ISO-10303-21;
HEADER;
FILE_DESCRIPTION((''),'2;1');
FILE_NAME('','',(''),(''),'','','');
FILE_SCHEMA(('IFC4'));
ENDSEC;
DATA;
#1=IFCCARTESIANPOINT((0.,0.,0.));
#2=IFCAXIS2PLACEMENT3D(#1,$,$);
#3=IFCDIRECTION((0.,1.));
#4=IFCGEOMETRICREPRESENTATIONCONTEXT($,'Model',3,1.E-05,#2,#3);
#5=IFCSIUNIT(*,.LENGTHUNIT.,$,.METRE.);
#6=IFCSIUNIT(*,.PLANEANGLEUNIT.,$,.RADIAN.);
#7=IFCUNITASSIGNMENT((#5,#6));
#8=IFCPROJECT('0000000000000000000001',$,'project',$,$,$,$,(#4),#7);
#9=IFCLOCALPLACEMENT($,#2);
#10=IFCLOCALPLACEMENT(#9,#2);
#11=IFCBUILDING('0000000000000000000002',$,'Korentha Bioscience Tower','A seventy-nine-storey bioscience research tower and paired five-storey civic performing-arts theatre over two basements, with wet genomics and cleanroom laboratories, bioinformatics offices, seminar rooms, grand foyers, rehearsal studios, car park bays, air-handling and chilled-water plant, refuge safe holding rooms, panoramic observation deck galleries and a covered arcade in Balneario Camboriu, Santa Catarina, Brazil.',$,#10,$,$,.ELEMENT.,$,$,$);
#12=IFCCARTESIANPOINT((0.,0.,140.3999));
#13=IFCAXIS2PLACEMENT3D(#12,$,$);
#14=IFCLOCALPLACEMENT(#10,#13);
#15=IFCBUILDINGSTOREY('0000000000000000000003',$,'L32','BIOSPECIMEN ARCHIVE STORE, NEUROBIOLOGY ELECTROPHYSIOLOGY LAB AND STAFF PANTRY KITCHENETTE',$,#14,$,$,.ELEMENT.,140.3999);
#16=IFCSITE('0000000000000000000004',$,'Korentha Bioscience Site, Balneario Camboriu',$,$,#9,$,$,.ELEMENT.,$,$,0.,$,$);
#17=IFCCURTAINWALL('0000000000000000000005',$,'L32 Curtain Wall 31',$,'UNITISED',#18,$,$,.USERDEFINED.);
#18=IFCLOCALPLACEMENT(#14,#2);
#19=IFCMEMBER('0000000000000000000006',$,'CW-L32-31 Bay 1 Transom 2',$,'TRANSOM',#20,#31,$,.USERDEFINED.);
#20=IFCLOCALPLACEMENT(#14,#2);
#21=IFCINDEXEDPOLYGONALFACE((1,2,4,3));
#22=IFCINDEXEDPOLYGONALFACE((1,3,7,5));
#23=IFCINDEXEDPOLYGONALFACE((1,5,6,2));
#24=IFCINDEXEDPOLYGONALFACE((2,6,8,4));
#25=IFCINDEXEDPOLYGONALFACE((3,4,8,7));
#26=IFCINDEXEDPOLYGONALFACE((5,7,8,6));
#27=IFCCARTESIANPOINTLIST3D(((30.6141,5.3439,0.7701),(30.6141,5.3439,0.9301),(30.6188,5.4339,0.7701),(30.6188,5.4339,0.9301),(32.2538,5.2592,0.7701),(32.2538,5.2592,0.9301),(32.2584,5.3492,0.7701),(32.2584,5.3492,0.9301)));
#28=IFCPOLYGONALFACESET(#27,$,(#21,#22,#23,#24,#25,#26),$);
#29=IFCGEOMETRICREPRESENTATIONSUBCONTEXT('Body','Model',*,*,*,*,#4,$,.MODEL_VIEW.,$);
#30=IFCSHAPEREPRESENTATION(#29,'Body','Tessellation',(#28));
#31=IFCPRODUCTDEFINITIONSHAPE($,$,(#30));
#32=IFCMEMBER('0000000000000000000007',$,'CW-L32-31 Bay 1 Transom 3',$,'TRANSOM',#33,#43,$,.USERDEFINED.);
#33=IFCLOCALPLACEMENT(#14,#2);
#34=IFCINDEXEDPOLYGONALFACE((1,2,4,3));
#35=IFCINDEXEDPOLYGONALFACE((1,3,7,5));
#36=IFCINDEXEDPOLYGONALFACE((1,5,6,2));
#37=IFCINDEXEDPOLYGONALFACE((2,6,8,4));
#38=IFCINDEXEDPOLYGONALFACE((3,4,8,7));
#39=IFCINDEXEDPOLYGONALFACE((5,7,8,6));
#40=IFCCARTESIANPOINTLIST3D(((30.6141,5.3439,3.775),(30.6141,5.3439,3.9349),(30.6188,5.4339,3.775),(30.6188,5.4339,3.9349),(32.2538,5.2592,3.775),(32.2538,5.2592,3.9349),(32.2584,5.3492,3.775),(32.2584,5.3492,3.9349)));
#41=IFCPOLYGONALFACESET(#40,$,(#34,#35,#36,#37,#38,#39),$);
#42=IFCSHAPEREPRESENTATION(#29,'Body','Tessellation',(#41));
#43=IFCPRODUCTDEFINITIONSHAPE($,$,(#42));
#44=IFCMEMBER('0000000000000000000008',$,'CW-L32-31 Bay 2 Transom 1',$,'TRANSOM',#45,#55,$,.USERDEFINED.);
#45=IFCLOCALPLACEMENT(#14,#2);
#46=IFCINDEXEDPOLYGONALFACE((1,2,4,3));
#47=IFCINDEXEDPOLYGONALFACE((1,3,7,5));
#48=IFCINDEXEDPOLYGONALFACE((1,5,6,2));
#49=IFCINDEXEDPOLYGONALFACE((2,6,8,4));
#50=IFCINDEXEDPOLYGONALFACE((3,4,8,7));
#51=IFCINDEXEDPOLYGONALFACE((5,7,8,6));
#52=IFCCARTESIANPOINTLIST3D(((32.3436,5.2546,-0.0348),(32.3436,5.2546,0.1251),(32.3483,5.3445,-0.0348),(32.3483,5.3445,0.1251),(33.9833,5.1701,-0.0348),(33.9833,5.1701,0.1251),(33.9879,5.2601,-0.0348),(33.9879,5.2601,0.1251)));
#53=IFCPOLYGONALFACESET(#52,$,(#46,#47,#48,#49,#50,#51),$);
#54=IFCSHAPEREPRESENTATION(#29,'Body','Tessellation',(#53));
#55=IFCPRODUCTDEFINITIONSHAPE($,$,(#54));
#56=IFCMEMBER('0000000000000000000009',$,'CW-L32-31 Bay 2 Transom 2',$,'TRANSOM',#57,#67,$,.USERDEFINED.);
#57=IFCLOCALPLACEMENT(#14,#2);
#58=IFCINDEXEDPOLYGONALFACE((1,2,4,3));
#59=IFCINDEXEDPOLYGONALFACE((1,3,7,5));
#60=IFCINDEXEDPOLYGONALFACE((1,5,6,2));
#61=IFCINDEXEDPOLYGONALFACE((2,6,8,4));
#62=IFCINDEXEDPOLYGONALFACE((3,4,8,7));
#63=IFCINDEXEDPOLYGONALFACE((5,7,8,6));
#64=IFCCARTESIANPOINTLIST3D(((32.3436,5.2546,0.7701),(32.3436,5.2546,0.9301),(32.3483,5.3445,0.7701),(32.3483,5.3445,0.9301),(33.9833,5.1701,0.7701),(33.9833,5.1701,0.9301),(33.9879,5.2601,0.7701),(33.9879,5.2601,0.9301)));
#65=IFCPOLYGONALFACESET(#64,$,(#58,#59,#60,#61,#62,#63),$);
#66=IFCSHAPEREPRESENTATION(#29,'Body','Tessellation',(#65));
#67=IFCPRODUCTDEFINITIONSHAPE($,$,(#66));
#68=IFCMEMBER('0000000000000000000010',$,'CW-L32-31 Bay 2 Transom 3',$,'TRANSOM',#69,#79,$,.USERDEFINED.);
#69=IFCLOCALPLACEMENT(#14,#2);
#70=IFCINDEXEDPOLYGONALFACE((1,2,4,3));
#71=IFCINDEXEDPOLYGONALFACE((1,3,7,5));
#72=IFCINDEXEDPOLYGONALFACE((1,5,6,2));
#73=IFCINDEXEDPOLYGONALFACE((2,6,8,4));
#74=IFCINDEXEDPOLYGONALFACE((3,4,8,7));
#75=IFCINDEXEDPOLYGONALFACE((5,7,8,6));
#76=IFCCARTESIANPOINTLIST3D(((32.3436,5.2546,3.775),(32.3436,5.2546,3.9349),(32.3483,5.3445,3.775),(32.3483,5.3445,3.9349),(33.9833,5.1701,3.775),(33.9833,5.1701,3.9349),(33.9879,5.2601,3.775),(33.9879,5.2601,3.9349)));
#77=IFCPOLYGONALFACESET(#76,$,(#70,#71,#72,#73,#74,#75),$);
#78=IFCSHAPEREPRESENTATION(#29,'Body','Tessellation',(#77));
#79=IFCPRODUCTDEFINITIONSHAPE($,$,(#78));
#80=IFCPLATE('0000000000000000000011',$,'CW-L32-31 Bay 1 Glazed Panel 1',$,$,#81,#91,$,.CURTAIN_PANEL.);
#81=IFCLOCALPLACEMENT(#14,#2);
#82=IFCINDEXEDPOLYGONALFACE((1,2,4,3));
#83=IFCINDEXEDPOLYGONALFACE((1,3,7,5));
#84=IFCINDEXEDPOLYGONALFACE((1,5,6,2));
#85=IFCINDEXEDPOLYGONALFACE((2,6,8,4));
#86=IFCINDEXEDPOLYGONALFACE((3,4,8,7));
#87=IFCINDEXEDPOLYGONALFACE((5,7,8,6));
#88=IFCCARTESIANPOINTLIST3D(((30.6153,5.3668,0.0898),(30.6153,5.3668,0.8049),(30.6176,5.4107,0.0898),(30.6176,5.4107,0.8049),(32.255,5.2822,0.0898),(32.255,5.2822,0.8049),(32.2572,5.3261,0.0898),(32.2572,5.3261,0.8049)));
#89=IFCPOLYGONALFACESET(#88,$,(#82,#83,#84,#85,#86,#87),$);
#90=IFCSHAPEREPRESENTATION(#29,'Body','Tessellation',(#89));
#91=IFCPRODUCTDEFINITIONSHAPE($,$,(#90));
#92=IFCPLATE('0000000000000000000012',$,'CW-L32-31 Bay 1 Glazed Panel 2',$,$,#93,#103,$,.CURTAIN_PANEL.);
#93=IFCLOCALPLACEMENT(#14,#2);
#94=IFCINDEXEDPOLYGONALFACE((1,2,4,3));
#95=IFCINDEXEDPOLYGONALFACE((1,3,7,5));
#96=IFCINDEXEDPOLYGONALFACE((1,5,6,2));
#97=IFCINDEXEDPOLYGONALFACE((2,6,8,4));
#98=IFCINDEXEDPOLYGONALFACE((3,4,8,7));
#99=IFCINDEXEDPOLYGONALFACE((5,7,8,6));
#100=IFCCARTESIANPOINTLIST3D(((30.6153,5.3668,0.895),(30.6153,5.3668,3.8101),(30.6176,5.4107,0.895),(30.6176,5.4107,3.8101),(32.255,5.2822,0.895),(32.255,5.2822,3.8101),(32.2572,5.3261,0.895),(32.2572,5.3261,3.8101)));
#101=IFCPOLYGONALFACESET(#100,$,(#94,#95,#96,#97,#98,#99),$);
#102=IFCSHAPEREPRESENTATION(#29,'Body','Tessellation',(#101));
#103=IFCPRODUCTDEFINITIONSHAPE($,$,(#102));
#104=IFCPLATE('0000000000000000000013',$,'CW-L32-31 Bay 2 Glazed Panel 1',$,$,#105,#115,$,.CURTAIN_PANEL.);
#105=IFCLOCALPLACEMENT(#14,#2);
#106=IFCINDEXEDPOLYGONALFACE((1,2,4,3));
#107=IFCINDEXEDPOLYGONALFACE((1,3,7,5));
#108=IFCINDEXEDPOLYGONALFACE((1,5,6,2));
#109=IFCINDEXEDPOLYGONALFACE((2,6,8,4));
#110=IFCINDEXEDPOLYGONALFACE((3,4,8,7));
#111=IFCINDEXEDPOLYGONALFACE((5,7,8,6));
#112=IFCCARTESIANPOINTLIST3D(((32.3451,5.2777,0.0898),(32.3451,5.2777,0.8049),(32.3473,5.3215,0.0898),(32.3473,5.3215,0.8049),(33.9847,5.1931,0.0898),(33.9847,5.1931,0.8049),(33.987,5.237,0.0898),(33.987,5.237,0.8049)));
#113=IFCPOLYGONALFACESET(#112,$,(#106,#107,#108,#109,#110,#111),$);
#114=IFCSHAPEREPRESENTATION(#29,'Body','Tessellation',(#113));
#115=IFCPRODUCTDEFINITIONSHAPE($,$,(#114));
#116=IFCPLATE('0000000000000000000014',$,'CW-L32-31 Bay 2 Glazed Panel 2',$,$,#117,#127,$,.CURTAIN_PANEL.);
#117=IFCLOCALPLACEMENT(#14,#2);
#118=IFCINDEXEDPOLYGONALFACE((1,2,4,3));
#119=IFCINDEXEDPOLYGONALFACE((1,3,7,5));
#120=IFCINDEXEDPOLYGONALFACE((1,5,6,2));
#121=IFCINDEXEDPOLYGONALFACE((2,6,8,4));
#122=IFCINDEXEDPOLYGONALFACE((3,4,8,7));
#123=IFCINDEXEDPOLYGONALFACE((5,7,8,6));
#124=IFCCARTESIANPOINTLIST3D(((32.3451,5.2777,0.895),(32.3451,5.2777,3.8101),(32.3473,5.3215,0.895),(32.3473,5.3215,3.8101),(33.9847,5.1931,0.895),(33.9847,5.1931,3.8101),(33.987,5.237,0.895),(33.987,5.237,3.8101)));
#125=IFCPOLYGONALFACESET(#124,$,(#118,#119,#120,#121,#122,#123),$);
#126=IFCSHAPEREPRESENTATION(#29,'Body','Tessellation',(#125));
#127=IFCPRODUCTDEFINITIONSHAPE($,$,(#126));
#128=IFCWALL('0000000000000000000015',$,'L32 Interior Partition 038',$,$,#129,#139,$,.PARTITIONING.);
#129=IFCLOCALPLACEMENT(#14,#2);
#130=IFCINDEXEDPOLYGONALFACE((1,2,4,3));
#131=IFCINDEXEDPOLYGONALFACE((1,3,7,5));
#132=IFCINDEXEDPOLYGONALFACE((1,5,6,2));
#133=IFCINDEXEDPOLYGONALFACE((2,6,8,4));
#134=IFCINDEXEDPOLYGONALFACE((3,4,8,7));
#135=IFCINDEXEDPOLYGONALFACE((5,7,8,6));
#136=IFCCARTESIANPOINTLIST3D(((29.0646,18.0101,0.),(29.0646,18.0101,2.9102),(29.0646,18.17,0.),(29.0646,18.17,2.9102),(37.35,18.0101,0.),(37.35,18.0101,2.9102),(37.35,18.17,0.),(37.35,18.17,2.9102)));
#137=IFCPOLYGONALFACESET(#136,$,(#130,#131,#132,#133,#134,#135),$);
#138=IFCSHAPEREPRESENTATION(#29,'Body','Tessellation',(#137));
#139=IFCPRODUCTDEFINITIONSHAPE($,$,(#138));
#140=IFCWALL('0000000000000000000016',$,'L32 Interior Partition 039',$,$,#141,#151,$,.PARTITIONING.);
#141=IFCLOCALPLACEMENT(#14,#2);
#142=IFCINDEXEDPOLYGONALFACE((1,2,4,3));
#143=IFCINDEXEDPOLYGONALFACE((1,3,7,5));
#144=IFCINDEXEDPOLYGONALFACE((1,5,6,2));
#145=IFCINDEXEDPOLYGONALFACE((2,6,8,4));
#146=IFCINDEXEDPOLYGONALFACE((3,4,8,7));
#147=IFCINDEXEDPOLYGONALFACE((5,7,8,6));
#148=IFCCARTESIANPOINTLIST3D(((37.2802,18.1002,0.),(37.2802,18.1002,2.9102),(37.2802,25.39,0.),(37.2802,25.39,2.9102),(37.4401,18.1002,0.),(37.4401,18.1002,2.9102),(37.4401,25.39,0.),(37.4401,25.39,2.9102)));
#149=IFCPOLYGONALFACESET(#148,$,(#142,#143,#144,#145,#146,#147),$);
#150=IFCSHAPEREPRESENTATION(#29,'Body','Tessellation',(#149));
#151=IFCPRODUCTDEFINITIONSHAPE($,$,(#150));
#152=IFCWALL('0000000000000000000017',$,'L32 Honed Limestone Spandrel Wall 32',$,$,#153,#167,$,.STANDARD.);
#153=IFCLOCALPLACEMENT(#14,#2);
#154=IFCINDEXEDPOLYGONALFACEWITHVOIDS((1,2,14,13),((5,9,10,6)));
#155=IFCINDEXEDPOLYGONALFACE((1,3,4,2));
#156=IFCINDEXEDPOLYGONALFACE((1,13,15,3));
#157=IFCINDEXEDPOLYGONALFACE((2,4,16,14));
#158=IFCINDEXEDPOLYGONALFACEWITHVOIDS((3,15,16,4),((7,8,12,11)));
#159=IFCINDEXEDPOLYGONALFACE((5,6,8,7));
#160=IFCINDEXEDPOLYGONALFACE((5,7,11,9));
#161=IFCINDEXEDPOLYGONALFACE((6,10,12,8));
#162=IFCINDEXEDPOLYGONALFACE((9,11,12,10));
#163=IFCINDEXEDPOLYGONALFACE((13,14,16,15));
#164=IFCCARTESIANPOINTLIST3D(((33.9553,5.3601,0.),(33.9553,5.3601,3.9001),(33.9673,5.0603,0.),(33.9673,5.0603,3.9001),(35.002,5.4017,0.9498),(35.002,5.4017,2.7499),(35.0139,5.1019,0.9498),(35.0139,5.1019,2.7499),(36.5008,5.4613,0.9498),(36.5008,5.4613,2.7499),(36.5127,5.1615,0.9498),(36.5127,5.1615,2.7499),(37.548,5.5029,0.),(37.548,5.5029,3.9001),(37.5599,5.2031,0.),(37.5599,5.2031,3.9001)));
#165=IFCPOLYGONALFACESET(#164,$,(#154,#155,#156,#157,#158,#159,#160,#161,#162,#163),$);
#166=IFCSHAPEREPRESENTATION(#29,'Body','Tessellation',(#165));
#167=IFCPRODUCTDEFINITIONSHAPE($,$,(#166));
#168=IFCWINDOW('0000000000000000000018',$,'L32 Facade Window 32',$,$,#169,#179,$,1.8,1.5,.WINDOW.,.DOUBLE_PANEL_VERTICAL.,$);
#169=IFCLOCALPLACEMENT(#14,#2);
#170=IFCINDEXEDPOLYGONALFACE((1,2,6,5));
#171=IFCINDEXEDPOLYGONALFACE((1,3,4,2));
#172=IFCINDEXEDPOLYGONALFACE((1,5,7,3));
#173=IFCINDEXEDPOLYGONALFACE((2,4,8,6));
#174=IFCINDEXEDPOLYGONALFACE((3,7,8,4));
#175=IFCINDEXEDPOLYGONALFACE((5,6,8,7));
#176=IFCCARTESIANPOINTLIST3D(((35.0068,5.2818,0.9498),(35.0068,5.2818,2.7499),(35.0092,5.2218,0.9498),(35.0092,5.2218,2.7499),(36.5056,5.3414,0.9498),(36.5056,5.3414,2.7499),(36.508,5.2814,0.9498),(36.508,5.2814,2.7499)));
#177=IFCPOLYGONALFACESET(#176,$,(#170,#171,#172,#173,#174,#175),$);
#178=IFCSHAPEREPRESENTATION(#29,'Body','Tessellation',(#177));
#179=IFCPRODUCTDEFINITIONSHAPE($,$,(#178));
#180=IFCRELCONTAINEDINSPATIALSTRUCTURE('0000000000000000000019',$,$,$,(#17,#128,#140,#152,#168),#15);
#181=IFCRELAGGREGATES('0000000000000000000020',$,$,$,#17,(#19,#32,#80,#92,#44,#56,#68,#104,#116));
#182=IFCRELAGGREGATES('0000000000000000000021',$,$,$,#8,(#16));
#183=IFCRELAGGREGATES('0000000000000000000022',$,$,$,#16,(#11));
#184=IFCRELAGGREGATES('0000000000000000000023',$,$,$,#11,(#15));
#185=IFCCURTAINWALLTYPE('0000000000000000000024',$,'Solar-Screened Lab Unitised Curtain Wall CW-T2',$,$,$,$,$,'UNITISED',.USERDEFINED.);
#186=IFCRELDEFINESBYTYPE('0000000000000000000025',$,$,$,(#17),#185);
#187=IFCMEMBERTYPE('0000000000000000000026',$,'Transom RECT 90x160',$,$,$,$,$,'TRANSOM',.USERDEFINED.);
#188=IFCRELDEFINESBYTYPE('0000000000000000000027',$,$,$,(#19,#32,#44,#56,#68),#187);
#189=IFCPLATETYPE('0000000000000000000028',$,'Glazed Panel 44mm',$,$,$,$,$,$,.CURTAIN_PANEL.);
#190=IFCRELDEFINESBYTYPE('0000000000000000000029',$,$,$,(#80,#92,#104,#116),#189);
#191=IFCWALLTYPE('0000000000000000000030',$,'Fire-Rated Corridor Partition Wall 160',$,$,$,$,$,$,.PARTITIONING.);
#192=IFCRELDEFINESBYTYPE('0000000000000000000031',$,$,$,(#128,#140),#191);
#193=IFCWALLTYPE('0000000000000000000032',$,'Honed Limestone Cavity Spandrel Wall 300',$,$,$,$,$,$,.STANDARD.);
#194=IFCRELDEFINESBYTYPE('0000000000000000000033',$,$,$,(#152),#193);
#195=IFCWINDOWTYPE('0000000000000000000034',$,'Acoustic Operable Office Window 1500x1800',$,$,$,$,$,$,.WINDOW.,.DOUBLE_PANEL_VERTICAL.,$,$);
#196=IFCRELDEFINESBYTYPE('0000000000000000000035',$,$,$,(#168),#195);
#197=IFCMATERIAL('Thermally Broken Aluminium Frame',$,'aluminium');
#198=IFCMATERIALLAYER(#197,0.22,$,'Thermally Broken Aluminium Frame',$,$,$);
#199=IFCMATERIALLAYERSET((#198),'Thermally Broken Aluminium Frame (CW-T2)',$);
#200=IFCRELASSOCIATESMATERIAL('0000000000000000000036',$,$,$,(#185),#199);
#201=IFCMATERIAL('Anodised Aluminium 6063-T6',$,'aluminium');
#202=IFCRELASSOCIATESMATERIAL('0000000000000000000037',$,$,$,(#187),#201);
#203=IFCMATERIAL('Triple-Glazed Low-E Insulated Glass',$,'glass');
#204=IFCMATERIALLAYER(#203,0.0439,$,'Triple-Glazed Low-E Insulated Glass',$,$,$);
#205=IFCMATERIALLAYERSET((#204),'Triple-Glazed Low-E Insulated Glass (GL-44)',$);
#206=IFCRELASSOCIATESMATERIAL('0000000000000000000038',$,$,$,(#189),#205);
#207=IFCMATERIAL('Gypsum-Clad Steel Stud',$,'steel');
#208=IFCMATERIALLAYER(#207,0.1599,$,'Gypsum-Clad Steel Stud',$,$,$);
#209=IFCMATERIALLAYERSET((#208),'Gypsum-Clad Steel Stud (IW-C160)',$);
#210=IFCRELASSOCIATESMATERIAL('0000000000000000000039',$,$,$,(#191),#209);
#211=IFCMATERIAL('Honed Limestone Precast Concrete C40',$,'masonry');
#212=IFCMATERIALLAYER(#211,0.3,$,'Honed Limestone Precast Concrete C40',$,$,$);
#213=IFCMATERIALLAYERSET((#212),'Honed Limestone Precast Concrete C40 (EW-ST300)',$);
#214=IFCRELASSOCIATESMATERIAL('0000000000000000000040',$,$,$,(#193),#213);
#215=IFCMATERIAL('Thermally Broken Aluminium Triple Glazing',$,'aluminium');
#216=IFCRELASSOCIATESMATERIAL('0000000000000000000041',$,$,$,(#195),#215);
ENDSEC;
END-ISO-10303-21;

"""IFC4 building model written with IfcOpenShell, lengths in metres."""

from ifc_helpers import new_model, si_unit, direction, frame, frame_2d, origin, origin_2d, place, context, subcontext, project, spatial, rectangle, extrude, material, layer, layer_set, material_profile, profile_set, type_object, element, fill, aggregate, save


model = new_model("IFC4")

# Units and contexts
model_context = context("Model", 3, precision=1e-05, world=origin(), true_north=direction((0.0, 1.0)))
body_context = subcontext(model_context, "Body", "Model", "MODEL_VIEW")
ifc_project = project(units=[si_unit("LENGTHUNIT", "METRE"), si_unit("PLANEANGLEUNIT", "RADIAN")], contexts=[model_context])

# Site, building, storey
site_placement = place(None, origin())
site = spatial("IfcSite", under=ifc_project, at=site_placement, Name="Korentha Bioscience Site, Balneario Camboriu", CompositionType="ELEMENT", RefElevation=0.0)
building_placement = place(site_placement, origin())
building = spatial("IfcBuilding", under=site, at=building_placement, Name="Korentha Bioscience Tower", Description="A seventy-nine-storey bioscience research tower and paired five-storey civic performing-arts theatre over two basements, with wet genomics and cleanroom laboratories, bioinformatics offices, seminar rooms, grand foyers, rehearsal studios, car park bays, air-handling and chilled-water plant, refuge safe holding rooms, panoramic observation deck galleries and a covered arcade in Balneario Camboriu, Santa Catarina, Brazil.", CompositionType="ELEMENT")
storey_placement = place(building_placement, frame((0.0, 0.0, 140.3999)))
storey = spatial("IfcBuildingStorey", under=building, at=storey_placement, Name="L32", Description="BIOSPECIMEN ARCHIVE STORE, NEUROBIOLOGY ELECTROPHYSIOLOGY LAB AND STAFF PANTRY KITCHENETTE", CompositionType="ELEMENT", Elevation=140.3999)

# Curtain wall
ifc_material_1 = material(Name="Thermally Broken Aluminium Frame", Category="aluminium")
ifc_layer_1 = layer(ifc_material_1, 0.22, Name="Thermally Broken Aluminium Frame")
ifc_layer_set_1 = layer_set([ifc_layer_1], Name="Thermally Broken Aluminium Frame (CW-T2)")
curtain_wall_type = type_object("IfcCurtainWallType", Name="Solar-Screened Lab Unitised Curtain Wall CW-T2", ElementType="UNITISED", PredefinedType="USERDEFINED", material=ifc_layer_set_1)
curtain_wall_placement = place(storey_placement, origin())
curtain_wall = element("IfcCurtainWall", 1, at=curtain_wall_placement, inside=storey, type_object=curtain_wall_type, Name="L32 Curtain Wall 31", ObjectType="UNITISED", PredefinedType="USERDEFINED")
ifc_material_2 = material(Name="Anodised Aluminium 6063-T6", Category="aluminium")

# Members
ifc_material_profile_1 = material_profile(ifc_material_2, rectangle(XDim=0.0901, YDim=0.1599, at=origin_2d()), Name="Anodised Aluminium 6063-T6")
ifc_profile_set_1 = profile_set([ifc_material_profile_1], Name="Anodised Aluminium 6063-T6 (CW-TRN)")
member_type_1 = type_object("IfcMemberType", Name="Transom RECT 90x160", ElementType="TRANSOM", PredefinedType="USERDEFINED", material=ifc_profile_set_1)
member_1_placement = place(storey_placement, frame((30.6165, 5.3889, 0.8501), z_axis=(0.998668, -0.051599, 0.0), x_axis=(0.051599, 0.998668, 0.0)))
member_1 = element("IfcMember", 2, at=member_1_placement, type_object=member_type_1, Name="CW-L32-31 Bay 1 Transom 2", ObjectType="TRANSOM", PredefinedType="USERDEFINED", context=body_context, shape_type="SweptSolid", body=[
    extrude(rectangle(XDim=0.0901, YDim=0.1599, at=origin_2d()), origin(), (0.0, 0.0, 1.0), 1.6418),
])
member_2_placement = place(storey_placement, frame((30.6165, 5.3889, 3.855), z_axis=(0.998668, -0.051599, 0.0), x_axis=(0.051599, 0.998668, 0.0)))
member_2 = element("IfcMember", 3, at=member_2_placement, type_object=member_type_1, Name="CW-L32-31 Bay 1 Transom 3", ObjectType="TRANSOM", PredefinedType="USERDEFINED", context=body_context, shape_type="SweptSolid", body=[
    extrude(rectangle(XDim=0.0901, YDim=0.1599, at=origin_2d()), origin(), (0.0, 0.0, 1.0), 1.6418),
])
member_3_placement = place(storey_placement, frame((32.3459, 5.2996, 0.0452), z_axis=(0.998676, -0.051451, 0.0), x_axis=(0.051451, 0.998676, 0.0)))
member_3 = element("IfcMember", 4, at=member_3_placement, type_object=member_type_1, Name="CW-L32-31 Bay 2 Transom 1", ObjectType="TRANSOM", PredefinedType="USERDEFINED", context=body_context, shape_type="SweptSolid", body=[
    extrude(rectangle(XDim=0.0901, YDim=0.1599, at=origin_2d()), origin(), (0.0, 0.0, 1.0), 1.6418),
])
member_4_placement = place(storey_placement, frame((32.3459, 5.2996, 0.8501), z_axis=(0.998676, -0.051451, 0.0), x_axis=(0.051451, 0.998676, 0.0)))
member_4 = element("IfcMember", 5, at=member_4_placement, type_object=member_type_1, Name="CW-L32-31 Bay 2 Transom 2", ObjectType="TRANSOM", PredefinedType="USERDEFINED", context=body_context, shape_type="SweptSolid", body=[
    extrude(rectangle(XDim=0.0901, YDim=0.1599, at=origin_2d()), origin(), (0.0, 0.0, 1.0), 1.6418),
])
member_5_placement = place(storey_placement, frame((32.3459, 5.2996, 3.855), z_axis=(0.998676, -0.051451, 0.0), x_axis=(0.051451, 0.998676, 0.0)))
member_5 = element("IfcMember", 6, at=member_5_placement, type_object=member_type_1, Name="CW-L32-31 Bay 2 Transom 3", ObjectType="TRANSOM", PredefinedType="USERDEFINED", context=body_context, shape_type="SweptSolid", body=[
    extrude(rectangle(XDim=0.0901, YDim=0.1599, at=origin_2d()), origin(), (0.0, 0.0, 1.0), 1.6418),
])

# Plates
ifc_material_3 = material(Name="Triple-Glazed Low-E Insulated Glass", Category="glass")
ifc_layer_2 = layer(ifc_material_3, 0.0439, Name="Triple-Glazed Low-E Insulated Glass")
ifc_layer_set_2 = layer_set([ifc_layer_2], Name="Triple-Glazed Low-E Insulated Glass (GL-44)")
plate_type = type_object("IfcPlateType", Name="Glazed Panel 44mm", PredefinedType="CURTAIN_PANEL", material=ifc_layer_set_2)
plate_1_placement = place(storey_placement, frame((31.4363, 5.3464, 0.0898), z_axis=(0.0, 0.0, 1.0), x_axis=(0.998673, -0.051495, 0.0)))
plate_1 = element("IfcPlate", 7, at=plate_1_placement, type_object=plate_type, Name="CW-L32-31 Bay 1 Glazed Panel 1", PredefinedType="CURTAIN_PANEL", context=body_context, shape_type="SweptSolid", body=[
    extrude(rectangle(XDim=1.6418, YDim=0.0439, at=origin_2d()), origin(), (0.0, 0.0, 1.0), 0.7151),
])
plate_2_placement = place(storey_placement, frame((31.4363, 5.3464, 0.895), z_axis=(0.0, 0.0, 1.0), x_axis=(0.998673, -0.051495, 0.0)))
plate_2 = element("IfcPlate", 8, at=plate_2_placement, type_object=plate_type, Name="CW-L32-31 Bay 1 Glazed Panel 2", PredefinedType="CURTAIN_PANEL", context=body_context, shape_type="SweptSolid", body=[
    extrude(rectangle(XDim=1.6418, YDim=0.0439, at=origin_2d()), origin(), (0.0, 0.0, 1.0), 2.915),
])
plate_3_placement = place(storey_placement, frame((33.166, 5.2573, 0.0898), z_axis=(0.0, 0.0, 1.0), x_axis=(0.998673, -0.051495, 0.0)))
plate_3 = element("IfcPlate", 9, at=plate_3_placement, type_object=plate_type, Name="CW-L32-31 Bay 2 Glazed Panel 1", PredefinedType="CURTAIN_PANEL", context=body_context, shape_type="SweptSolid", body=[
    extrude(rectangle(XDim=1.6418, YDim=0.0439, at=origin_2d()), origin(), (0.0, 0.0, 1.0), 0.7151),
])
plate_4_placement = place(storey_placement, frame((33.166, 5.2573, 0.895), z_axis=(0.0, 0.0, 1.0), x_axis=(0.998673, -0.051495, 0.0)))
plate_4 = element("IfcPlate", 10, at=plate_4_placement, type_object=plate_type, Name="CW-L32-31 Bay 2 Glazed Panel 2", PredefinedType="CURTAIN_PANEL", context=body_context, shape_type="SweptSolid", body=[
    extrude(rectangle(XDim=1.6418, YDim=0.0439, at=origin_2d()), origin(), (0.0, 0.0, 1.0), 2.915),
])
aggregate(curtain_wall, [member_1, member_2, plate_1, plate_2, member_3, member_4, member_5, plate_3, plate_4])

# Walls
ifc_material_4 = material(Name="Gypsum-Clad Steel Stud", Category="steel")
ifc_layer_3 = layer(ifc_material_4, 0.1599, Name="Gypsum-Clad Steel Stud")
ifc_layer_set_3 = layer_set([ifc_layer_3], Name="Gypsum-Clad Steel Stud (IW-C160)")
wall_type_1 = type_object("IfcWallType", Name="Fire-Rated Corridor Partition Wall 160", PredefinedType="PARTITIONING", material=ifc_layer_set_3)
wall_1_placement = place(storey_placement, frame((29.0647, 18.0901, 0.0), z_axis=(0.0, 0.0, 1.0), x_axis=(1.0, 0.0, 0.0)))
element("IfcWall", 11, at=wall_1_placement, inside=storey, type_object=wall_type_1, Name="L32 Interior Partition 038", PredefinedType="PARTITIONING", context=body_context, shape_type="SweptSolid", body=[
    extrude(rectangle(XDim=8.2854, YDim=0.1599, at=frame_2d((4.1426, 0.0))), origin(), (0.0, 0.0, 1.0), 2.9102),
])
wall_2_placement = place(storey_placement, frame((37.3601, 18.1001, 0.0), z_axis=(0.0, 0.0, 1.0), x_axis=(0.0, 1.0, 0.0)))
element("IfcWall", 12, at=wall_2_placement, inside=storey, type_object=wall_type_1, Name="L32 Interior Partition 039", PredefinedType="PARTITIONING", context=body_context, shape_type="SweptSolid", body=[
    extrude(rectangle(XDim=7.2898, YDim=0.1599, at=frame_2d((3.645, 0.0))), origin(), (0.0, 0.0, 1.0), 2.9102),
])

# Wall, opening, window
ifc_material_5 = material(Name="Honed Limestone Precast Concrete C40", Category="masonry")
ifc_layer_4 = layer(ifc_material_5, 0.3, Name="Honed Limestone Precast Concrete C40")
ifc_layer_set_4 = layer_set([ifc_layer_4], Name="Honed Limestone Precast Concrete C40 (EW-ST300)")
wall_type_2 = type_object("IfcWallType", Name="Honed Limestone Cavity Spandrel Wall 300", PredefinedType="STANDARD", material=ifc_layer_set_4)
wall_3_placement = place(storey_placement, frame((33.9612, 5.2102, 0.0), z_axis=(0.0, 0.0, 1.0), x_axis=(0.999211, 0.039724, 0.0)))
wall_3 = element("IfcWall", 13, at=wall_3_placement, inside=storey, type_object=wall_type_2, Name="L32 Honed Limestone Spandrel Wall 32", PredefinedType="STANDARD", context=body_context, shape_type="SweptSolid", body=[
    extrude(rectangle(XDim=3.5955, YDim=0.3, at=frame_2d((1.7979, 0.0))), origin(), (0.0, 0.0, 1.0), 3.9001),
])
opening_placement = place(wall_3_placement, frame((1.0476, 0.0, 0.95)))
opening = element("IfcOpeningElement", 14, at=opening_placement, cuts=wall_3, PredefinedType="OPENING", context=body_context, shape_type="SweptSolid", body=[
    extrude(rectangle(XDim=1.5, YDim=1.8, at=frame_2d((0.75, 0.8999))), frame((0.0, 0.165, 0.0), z_axis=(0.0, -1.0, 0.0), x_axis=(1.0, 0.0, 0.0)), (0.0, 0.0, 1.0), 0.3298),
])
ifc_material_6 = material(Name="Thermally Broken Aluminium Triple Glazing", Category="aluminium")
window_type = type_object("IfcWindowType", Name="Acoustic Operable Office Window 1500x1800", PartitioningType="DOUBLE_PANEL_VERTICAL", PredefinedType="WINDOW", material=ifc_material_6)
window_placement = place(opening_placement, origin())
window = element("IfcWindow", 15, at=window_placement, inside=storey, type_object=window_type, Name="L32 Facade Window 32", OverallHeight=1.8, OverallWidth=1.5, PartitioningType="DOUBLE_PANEL_VERTICAL", PredefinedType="WINDOW", context=body_context, shape_type="SweptSolid", body=[
    extrude(rectangle(XDim=1.5, YDim=1.8, at=frame_2d((0.75, 0.8999))), frame((0.0, 0.03, 0.0), z_axis=(0.0, -1.0, 0.0), x_axis=(1.0, 0.0, 0.0)), (0.0, 0.0, 1.0), 0.0601),
])
fill(opening, window)

save(model, "model.ifc")
